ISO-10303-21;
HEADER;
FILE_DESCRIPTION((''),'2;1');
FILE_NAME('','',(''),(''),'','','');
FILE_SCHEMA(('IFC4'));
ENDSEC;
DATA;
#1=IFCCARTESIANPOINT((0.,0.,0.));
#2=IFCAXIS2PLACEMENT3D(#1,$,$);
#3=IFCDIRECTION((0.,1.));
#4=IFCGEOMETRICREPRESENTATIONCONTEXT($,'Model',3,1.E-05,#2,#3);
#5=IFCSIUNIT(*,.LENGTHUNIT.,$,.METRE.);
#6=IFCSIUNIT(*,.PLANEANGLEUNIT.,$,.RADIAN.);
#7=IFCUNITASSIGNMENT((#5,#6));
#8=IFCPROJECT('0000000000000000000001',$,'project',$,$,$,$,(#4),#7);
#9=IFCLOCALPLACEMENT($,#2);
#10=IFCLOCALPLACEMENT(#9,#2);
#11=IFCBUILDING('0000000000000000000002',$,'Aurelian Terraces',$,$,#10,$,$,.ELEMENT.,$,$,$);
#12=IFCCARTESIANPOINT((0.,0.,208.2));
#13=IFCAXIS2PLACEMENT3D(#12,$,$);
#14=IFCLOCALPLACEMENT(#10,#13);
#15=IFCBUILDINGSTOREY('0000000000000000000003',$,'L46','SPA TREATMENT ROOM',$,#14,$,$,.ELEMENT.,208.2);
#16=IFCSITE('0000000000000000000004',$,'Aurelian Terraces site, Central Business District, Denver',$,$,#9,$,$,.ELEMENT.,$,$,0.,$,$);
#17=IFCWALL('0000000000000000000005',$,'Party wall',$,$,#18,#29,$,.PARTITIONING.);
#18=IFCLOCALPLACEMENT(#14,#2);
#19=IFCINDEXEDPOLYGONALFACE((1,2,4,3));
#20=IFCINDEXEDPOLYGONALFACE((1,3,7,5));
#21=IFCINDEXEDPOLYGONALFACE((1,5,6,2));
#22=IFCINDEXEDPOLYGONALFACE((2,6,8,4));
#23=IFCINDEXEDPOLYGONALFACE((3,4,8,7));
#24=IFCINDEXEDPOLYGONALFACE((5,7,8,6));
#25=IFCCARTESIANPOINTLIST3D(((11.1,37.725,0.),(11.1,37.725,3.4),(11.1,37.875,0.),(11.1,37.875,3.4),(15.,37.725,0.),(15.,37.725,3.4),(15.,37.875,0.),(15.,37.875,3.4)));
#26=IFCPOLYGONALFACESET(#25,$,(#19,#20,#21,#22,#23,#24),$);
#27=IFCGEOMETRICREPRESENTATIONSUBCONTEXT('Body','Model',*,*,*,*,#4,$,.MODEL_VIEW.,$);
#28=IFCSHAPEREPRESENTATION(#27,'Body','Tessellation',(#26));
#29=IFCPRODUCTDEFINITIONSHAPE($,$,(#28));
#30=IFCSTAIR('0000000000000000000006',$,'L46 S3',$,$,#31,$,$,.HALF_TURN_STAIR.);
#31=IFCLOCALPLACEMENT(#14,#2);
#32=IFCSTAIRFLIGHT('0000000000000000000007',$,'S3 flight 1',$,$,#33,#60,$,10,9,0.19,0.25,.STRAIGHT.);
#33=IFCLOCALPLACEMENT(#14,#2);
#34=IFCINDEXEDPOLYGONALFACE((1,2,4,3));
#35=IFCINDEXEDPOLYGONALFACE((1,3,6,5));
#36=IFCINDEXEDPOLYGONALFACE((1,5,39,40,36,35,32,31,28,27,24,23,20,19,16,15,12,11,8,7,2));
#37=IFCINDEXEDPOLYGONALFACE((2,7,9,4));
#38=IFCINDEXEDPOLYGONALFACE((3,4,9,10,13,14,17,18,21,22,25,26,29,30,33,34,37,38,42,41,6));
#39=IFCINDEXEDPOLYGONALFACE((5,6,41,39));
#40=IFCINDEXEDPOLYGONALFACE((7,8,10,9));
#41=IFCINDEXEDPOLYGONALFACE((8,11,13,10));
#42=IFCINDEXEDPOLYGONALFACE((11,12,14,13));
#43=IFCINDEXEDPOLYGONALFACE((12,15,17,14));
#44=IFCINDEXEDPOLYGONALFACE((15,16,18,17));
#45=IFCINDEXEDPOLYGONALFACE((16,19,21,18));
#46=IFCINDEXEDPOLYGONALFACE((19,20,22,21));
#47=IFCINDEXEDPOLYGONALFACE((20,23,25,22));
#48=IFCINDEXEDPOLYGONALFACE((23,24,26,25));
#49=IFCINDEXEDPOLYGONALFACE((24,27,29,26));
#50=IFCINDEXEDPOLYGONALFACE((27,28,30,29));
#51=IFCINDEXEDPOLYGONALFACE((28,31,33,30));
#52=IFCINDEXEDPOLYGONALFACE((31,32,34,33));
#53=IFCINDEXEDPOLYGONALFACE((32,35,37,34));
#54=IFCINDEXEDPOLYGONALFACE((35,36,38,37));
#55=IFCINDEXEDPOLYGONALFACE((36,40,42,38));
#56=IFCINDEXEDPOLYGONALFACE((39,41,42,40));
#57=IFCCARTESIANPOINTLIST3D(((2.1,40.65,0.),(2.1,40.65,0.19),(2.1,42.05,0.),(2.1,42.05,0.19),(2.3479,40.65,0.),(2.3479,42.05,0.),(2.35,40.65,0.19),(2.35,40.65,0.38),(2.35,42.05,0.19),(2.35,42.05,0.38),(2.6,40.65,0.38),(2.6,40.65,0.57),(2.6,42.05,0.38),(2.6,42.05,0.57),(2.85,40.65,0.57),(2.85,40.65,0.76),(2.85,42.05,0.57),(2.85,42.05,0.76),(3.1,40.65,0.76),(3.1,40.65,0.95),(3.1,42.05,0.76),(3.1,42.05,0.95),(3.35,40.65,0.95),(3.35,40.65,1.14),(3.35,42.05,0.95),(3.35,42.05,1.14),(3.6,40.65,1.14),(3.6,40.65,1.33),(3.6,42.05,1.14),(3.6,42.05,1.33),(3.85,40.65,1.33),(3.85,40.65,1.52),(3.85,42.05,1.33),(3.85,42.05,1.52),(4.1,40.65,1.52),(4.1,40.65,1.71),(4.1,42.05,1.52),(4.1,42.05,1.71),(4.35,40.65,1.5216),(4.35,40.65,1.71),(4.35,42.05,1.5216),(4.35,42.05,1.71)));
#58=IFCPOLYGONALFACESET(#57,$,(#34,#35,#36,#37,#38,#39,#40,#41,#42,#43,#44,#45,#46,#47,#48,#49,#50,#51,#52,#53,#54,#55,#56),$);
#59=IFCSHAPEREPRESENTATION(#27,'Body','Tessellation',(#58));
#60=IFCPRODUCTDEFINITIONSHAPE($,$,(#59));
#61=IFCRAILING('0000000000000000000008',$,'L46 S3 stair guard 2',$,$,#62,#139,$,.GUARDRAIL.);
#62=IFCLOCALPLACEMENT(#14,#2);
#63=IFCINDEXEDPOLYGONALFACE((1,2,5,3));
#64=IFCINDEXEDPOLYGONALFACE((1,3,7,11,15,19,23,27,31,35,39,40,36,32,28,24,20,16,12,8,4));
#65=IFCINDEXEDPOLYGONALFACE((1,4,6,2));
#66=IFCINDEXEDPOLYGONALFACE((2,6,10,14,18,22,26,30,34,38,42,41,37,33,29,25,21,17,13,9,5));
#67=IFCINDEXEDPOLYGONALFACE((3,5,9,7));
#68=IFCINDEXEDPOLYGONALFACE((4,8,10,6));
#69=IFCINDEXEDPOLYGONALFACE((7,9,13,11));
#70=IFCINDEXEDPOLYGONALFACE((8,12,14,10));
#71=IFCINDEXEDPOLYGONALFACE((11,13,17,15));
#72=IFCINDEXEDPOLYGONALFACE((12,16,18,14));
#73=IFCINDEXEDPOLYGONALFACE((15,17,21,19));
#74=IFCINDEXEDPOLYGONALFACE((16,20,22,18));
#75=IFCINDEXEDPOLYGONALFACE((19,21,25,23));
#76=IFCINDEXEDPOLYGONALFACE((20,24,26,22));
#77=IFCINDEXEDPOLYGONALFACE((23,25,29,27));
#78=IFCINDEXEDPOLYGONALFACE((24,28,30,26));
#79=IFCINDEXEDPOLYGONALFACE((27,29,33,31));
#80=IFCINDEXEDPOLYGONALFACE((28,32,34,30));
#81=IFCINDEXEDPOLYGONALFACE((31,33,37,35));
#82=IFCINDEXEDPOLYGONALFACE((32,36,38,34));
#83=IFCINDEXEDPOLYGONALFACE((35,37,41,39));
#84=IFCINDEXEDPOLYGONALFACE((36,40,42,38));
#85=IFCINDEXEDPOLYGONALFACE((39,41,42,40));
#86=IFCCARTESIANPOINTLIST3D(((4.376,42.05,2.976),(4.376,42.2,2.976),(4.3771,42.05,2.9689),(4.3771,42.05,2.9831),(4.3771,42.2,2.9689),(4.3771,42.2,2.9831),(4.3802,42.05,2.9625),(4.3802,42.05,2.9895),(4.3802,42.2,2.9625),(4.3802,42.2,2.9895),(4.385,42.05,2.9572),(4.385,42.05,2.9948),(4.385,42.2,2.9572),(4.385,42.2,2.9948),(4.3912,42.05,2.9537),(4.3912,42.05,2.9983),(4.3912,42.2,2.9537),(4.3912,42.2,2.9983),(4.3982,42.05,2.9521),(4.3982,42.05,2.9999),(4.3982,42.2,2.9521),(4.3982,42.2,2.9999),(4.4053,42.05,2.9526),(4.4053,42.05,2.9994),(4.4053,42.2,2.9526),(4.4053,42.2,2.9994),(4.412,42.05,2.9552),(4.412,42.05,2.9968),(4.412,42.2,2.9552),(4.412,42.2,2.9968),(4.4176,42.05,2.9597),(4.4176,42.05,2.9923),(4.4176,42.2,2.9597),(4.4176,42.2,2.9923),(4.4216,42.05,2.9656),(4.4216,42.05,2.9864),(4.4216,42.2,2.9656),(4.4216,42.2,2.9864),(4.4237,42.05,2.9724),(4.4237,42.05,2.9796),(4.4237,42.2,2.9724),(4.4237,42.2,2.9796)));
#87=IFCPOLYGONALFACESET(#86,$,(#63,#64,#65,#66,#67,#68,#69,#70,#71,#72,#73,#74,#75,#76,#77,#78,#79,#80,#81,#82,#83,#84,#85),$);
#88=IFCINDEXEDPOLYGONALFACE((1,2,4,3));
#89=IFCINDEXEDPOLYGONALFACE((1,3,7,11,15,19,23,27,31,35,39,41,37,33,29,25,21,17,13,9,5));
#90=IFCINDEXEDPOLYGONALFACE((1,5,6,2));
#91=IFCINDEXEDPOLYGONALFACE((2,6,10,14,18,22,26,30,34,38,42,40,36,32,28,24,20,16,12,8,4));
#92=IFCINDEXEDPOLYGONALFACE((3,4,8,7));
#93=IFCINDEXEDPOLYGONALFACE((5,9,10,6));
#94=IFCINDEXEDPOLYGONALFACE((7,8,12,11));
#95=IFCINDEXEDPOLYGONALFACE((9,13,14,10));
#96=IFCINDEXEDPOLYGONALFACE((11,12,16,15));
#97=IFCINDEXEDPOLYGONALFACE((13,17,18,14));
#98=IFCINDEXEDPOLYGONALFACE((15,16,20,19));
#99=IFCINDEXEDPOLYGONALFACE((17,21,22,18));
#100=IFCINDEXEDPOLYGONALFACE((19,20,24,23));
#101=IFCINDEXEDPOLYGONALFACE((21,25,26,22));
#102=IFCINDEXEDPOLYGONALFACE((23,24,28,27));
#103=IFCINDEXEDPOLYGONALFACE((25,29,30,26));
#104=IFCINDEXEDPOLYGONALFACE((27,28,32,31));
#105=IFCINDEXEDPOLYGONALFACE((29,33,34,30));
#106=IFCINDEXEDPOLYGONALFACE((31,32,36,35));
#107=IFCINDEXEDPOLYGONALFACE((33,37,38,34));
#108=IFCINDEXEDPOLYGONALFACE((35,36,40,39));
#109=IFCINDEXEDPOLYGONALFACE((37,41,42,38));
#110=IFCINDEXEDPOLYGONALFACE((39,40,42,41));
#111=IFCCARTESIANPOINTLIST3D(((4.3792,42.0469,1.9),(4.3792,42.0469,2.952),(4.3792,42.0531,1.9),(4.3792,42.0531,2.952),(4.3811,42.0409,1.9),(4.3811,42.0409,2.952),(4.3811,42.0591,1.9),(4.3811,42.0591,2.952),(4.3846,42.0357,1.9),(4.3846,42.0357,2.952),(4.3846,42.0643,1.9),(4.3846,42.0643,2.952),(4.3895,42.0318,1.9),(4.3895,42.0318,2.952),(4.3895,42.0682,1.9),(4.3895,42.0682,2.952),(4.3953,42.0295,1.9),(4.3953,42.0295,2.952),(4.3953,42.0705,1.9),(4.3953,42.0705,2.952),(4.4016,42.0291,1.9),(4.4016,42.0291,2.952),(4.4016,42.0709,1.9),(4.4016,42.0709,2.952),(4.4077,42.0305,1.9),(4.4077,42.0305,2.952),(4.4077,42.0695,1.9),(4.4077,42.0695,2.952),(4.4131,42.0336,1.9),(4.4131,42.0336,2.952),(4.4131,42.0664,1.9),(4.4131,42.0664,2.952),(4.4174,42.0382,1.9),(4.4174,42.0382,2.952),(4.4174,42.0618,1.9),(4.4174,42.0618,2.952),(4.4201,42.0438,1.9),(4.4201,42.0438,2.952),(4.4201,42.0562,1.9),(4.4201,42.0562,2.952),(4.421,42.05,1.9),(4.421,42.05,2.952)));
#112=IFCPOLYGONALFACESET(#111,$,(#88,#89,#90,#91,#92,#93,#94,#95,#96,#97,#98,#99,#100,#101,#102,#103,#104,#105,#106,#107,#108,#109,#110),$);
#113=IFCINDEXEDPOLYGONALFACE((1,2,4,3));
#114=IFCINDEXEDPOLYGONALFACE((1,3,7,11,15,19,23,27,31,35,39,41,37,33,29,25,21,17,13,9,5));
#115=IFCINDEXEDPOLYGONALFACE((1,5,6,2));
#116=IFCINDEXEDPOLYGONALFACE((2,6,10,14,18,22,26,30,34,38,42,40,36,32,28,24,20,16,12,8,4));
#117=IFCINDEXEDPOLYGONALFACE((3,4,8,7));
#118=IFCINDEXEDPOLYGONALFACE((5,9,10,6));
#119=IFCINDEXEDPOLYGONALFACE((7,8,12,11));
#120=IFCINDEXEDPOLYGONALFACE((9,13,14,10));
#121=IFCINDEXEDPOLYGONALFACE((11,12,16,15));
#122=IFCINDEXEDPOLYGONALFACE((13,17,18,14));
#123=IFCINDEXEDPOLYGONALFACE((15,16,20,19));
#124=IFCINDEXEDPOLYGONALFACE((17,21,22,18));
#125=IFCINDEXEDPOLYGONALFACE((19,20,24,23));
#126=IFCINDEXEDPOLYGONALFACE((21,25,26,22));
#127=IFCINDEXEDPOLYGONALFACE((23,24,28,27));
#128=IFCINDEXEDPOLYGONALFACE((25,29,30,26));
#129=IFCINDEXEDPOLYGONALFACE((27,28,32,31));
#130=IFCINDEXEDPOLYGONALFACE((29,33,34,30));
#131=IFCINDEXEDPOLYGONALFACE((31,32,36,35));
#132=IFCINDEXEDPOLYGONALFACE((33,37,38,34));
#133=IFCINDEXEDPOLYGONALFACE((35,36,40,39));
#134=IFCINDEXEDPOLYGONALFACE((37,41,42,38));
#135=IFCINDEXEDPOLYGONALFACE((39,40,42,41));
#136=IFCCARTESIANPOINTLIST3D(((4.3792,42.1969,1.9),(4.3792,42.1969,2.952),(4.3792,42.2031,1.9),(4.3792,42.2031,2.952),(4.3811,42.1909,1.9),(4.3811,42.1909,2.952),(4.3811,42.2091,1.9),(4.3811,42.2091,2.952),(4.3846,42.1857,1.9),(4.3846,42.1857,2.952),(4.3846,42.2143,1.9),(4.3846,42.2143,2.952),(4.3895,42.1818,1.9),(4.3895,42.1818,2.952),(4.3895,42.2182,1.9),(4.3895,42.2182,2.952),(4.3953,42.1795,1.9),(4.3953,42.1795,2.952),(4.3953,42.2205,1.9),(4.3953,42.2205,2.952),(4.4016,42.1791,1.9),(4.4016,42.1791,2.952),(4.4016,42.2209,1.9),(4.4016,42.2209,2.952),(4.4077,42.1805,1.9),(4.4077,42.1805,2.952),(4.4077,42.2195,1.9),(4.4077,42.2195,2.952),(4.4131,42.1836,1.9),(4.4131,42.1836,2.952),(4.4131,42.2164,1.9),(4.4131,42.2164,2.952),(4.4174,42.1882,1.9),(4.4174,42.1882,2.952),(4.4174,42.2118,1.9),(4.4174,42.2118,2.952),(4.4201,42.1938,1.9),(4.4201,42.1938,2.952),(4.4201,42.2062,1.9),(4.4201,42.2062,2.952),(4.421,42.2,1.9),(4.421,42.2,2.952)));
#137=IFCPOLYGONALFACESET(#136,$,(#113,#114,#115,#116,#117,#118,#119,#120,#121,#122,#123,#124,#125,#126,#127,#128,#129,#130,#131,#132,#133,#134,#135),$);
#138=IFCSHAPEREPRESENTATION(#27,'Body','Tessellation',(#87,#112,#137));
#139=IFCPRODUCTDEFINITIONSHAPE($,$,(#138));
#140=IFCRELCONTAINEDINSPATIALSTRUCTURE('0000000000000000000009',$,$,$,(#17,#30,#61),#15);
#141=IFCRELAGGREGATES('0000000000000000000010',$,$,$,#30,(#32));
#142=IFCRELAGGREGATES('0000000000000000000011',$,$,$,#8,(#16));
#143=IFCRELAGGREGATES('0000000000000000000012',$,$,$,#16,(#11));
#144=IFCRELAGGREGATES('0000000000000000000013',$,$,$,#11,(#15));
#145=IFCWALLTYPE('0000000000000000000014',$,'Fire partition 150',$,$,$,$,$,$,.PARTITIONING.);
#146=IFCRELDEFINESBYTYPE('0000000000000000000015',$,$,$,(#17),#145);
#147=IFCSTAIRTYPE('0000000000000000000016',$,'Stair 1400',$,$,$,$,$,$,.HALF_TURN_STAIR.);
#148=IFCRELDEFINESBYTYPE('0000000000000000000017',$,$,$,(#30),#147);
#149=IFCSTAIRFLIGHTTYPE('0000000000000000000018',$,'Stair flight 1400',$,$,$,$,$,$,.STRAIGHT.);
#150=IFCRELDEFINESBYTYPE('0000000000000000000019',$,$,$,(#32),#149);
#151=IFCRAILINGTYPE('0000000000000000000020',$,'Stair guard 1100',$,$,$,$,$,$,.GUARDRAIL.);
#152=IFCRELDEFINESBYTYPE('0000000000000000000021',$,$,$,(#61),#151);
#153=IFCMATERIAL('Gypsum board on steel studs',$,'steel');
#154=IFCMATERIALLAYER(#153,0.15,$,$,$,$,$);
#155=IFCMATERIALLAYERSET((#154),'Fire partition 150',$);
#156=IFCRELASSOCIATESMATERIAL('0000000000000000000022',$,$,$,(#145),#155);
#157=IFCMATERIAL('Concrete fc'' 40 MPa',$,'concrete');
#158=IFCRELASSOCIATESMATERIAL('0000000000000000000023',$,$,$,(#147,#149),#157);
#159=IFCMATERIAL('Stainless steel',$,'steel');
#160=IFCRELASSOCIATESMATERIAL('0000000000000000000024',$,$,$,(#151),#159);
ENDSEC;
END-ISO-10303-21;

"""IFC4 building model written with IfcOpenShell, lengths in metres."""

from ifc_helpers import new_model, si_unit, direction, frame, frame_2d, origin, origin_2d, place, context, subcontext, project, spatial, polyline, rectangle, circle, outline, extrude, source, transform, mapped, material, layer, layer_set, type_object, element, aggregate, save


model = new_model("IFC4")

# Units and contexts
model_context = context("Model", 3, precision=1e-05, world=origin(), true_north=direction((0.0, 1.0)))
body_context = subcontext(model_context, "Body", "Model", "MODEL_VIEW")
ifc_project = project(units=[si_unit("LENGTHUNIT", "METRE"), si_unit("PLANEANGLEUNIT", "RADIAN")], contexts=[model_context])

# Site, building, storey
site_placement = place(None, origin())
site = spatial("IfcSite", under=ifc_project, at=site_placement, Name="Aurelian Terraces site, Central Business District, Denver", CompositionType="ELEMENT", RefElevation=0.0)
building_placement = place(site_placement, origin())
building = spatial("IfcBuilding", under=site, at=building_placement, Name="Aurelian Terraces", CompositionType="ELEMENT")
storey_placement = place(building_placement, frame((0.0, 0.0, 208.2)))
storey = spatial("IfcBuildingStorey", under=building, at=storey_placement, Name="L46", Description="SPA TREATMENT ROOM", CompositionType="ELEMENT", Elevation=208.2)

# Shared definitions
ifc_material_1 = material(Name="Concrete fc' 40 MPa", Category="concrete")

# Shared definitions
ifc_material_2 = material(Name="Gypsum board on steel studs", Category="steel")

# Shared definitions
ifc_layer_1 = layer(ifc_material_2, 0.15)
ifc_layer_set_1 = layer_set([ifc_layer_1], Name="Fire partition 150")
wall_type_1 = type_object("IfcWallType", Name="Fire partition 150", PredefinedType="PARTITIONING", material=ifc_layer_set_1)

# Wall
shared_shape_1 = source(origin(), body_context, "Body", "SweptSolid", [
    extrude(rectangle(XDim=3.9, YDim=0.15, at=frame_2d((1.95, 0.0))), origin(), (0.0, 0.0, 1.0), 3.4),
])
wall_1_placement = place(storey_placement, frame((15.0, 37.8, 0.0), z_axis=(0.0, 0.0, 1.0), x_axis=(-1.0, 0.0, 0.0)))
element("IfcWall", 1, at=wall_1_placement, inside=storey, type_object=wall_type_1, Name="Party wall", PredefinedType="PARTITIONING", context=body_context, shape_type="MappedRepresentation", body=[
    mapped(shared_shape_1, transform((0.0, 0.0, 0.0), scale=1.0)),
])

# Stair, stair flight
stair_type = type_object("IfcStairType", Name="Stair 1400", PredefinedType="HALF_TURN_STAIR", material=ifc_material_1)
stair_placement = place(storey_placement, origin())
stair = element("IfcStair", 2, at=stair_placement, inside=storey, type_object=stair_type, Name="L46 S3", PredefinedType="HALF_TURN_STAIR")
stair_flight_type = type_object("IfcStairFlightType", Name="Stair flight 1400", PredefinedType="STRAIGHT", material=ifc_material_1)
shared_shape_2 = source(origin(), body_context, "Body", "SweptSolid", [
    extrude(outline(polyline([(0.0, 0.0), (0.0, 0.19), (0.25, 0.19), (0.25, 0.38), (0.5, 0.38), (0.5, 0.57), (0.75, 0.57), (0.75, 0.76), (1.0, 0.76), (1.0, 0.95), (1.25, 0.95), (1.25, 1.14), (1.5, 1.14), (1.5, 1.33), (1.75, 1.33), (1.75, 1.52), (2.0, 1.52), (2.0, 1.71), (2.25, 1.71), (2.25, 1.9), (2.25, 1.5216), (0.2479, 0.0), (0.0, 0.0)])), frame((0.0, 0.7, 0.0), z_axis=(0.0, -1.0, 0.0), x_axis=(1.0, 0.0, 0.0)), (0.0, 0.0, 1.0), 1.4),
])
stair_flight_placement = place(storey_placement, frame((2.1, 41.35, 0.0), z_axis=(0.0, 0.0, 1.0), x_axis=(1.0, 0.0, 0.0)))
stair_flight = element("IfcStairFlight", 3, at=stair_flight_placement, type_object=stair_flight_type, Name="S3 flight 1", NumberOfRisers=10, NumberOfTreads=9, PredefinedType="STRAIGHT", RiserHeight=0.19, TreadLength=0.25, context=body_context, shape_type="MappedRepresentation", body=[
    mapped(shared_shape_2, transform((0.0, 0.0, 0.0), scale=1.0)),
])
aggregate(stair, [stair_flight])

# Railing
ifc_material_3 = material(Name="Stainless steel", Category="steel")
railing_type_1 = type_object("IfcRailingType", Name="Stair guard 1100", PredefinedType="GUARDRAIL", material=ifc_material_3)
shared_shape_3 = source(origin(), body_context, "Body", "SweptSolid", [
    extrude(circle(Radius=0.024, at=origin_2d()), frame((0.0, 0.0, 1.076), z_axis=(0.0, 1.0, 0.0), x_axis=(-1.0, 0.0, 0.0)), (0.0, 0.0, 1.0), 0.15),
    extrude(circle(Radius=0.021, at=origin_2d()), origin(), (0.0, 0.0, 1.0), 1.052),
    extrude(circle(Radius=0.021, at=origin_2d()), frame((0.0, 0.15, 0.0)), (0.0, 0.0, 1.0), 1.052),
])
for number, where, name in (
    (4, (4.4, 42.05, 1.9), "L46 S3 stair guard 2"),
):
    element("IfcRailing", number, at=place(storey_placement, frame(where)), inside=storey, type_object=railing_type_1, Name=name, PredefinedType="GUARDRAIL", context=body_context, shape_type="MappedRepresentation", body=[
        mapped(shared_shape_3, transform((0.0, 0.0, 0.0), scale=1.0)),
    ])

save(model, "model.ifc")
